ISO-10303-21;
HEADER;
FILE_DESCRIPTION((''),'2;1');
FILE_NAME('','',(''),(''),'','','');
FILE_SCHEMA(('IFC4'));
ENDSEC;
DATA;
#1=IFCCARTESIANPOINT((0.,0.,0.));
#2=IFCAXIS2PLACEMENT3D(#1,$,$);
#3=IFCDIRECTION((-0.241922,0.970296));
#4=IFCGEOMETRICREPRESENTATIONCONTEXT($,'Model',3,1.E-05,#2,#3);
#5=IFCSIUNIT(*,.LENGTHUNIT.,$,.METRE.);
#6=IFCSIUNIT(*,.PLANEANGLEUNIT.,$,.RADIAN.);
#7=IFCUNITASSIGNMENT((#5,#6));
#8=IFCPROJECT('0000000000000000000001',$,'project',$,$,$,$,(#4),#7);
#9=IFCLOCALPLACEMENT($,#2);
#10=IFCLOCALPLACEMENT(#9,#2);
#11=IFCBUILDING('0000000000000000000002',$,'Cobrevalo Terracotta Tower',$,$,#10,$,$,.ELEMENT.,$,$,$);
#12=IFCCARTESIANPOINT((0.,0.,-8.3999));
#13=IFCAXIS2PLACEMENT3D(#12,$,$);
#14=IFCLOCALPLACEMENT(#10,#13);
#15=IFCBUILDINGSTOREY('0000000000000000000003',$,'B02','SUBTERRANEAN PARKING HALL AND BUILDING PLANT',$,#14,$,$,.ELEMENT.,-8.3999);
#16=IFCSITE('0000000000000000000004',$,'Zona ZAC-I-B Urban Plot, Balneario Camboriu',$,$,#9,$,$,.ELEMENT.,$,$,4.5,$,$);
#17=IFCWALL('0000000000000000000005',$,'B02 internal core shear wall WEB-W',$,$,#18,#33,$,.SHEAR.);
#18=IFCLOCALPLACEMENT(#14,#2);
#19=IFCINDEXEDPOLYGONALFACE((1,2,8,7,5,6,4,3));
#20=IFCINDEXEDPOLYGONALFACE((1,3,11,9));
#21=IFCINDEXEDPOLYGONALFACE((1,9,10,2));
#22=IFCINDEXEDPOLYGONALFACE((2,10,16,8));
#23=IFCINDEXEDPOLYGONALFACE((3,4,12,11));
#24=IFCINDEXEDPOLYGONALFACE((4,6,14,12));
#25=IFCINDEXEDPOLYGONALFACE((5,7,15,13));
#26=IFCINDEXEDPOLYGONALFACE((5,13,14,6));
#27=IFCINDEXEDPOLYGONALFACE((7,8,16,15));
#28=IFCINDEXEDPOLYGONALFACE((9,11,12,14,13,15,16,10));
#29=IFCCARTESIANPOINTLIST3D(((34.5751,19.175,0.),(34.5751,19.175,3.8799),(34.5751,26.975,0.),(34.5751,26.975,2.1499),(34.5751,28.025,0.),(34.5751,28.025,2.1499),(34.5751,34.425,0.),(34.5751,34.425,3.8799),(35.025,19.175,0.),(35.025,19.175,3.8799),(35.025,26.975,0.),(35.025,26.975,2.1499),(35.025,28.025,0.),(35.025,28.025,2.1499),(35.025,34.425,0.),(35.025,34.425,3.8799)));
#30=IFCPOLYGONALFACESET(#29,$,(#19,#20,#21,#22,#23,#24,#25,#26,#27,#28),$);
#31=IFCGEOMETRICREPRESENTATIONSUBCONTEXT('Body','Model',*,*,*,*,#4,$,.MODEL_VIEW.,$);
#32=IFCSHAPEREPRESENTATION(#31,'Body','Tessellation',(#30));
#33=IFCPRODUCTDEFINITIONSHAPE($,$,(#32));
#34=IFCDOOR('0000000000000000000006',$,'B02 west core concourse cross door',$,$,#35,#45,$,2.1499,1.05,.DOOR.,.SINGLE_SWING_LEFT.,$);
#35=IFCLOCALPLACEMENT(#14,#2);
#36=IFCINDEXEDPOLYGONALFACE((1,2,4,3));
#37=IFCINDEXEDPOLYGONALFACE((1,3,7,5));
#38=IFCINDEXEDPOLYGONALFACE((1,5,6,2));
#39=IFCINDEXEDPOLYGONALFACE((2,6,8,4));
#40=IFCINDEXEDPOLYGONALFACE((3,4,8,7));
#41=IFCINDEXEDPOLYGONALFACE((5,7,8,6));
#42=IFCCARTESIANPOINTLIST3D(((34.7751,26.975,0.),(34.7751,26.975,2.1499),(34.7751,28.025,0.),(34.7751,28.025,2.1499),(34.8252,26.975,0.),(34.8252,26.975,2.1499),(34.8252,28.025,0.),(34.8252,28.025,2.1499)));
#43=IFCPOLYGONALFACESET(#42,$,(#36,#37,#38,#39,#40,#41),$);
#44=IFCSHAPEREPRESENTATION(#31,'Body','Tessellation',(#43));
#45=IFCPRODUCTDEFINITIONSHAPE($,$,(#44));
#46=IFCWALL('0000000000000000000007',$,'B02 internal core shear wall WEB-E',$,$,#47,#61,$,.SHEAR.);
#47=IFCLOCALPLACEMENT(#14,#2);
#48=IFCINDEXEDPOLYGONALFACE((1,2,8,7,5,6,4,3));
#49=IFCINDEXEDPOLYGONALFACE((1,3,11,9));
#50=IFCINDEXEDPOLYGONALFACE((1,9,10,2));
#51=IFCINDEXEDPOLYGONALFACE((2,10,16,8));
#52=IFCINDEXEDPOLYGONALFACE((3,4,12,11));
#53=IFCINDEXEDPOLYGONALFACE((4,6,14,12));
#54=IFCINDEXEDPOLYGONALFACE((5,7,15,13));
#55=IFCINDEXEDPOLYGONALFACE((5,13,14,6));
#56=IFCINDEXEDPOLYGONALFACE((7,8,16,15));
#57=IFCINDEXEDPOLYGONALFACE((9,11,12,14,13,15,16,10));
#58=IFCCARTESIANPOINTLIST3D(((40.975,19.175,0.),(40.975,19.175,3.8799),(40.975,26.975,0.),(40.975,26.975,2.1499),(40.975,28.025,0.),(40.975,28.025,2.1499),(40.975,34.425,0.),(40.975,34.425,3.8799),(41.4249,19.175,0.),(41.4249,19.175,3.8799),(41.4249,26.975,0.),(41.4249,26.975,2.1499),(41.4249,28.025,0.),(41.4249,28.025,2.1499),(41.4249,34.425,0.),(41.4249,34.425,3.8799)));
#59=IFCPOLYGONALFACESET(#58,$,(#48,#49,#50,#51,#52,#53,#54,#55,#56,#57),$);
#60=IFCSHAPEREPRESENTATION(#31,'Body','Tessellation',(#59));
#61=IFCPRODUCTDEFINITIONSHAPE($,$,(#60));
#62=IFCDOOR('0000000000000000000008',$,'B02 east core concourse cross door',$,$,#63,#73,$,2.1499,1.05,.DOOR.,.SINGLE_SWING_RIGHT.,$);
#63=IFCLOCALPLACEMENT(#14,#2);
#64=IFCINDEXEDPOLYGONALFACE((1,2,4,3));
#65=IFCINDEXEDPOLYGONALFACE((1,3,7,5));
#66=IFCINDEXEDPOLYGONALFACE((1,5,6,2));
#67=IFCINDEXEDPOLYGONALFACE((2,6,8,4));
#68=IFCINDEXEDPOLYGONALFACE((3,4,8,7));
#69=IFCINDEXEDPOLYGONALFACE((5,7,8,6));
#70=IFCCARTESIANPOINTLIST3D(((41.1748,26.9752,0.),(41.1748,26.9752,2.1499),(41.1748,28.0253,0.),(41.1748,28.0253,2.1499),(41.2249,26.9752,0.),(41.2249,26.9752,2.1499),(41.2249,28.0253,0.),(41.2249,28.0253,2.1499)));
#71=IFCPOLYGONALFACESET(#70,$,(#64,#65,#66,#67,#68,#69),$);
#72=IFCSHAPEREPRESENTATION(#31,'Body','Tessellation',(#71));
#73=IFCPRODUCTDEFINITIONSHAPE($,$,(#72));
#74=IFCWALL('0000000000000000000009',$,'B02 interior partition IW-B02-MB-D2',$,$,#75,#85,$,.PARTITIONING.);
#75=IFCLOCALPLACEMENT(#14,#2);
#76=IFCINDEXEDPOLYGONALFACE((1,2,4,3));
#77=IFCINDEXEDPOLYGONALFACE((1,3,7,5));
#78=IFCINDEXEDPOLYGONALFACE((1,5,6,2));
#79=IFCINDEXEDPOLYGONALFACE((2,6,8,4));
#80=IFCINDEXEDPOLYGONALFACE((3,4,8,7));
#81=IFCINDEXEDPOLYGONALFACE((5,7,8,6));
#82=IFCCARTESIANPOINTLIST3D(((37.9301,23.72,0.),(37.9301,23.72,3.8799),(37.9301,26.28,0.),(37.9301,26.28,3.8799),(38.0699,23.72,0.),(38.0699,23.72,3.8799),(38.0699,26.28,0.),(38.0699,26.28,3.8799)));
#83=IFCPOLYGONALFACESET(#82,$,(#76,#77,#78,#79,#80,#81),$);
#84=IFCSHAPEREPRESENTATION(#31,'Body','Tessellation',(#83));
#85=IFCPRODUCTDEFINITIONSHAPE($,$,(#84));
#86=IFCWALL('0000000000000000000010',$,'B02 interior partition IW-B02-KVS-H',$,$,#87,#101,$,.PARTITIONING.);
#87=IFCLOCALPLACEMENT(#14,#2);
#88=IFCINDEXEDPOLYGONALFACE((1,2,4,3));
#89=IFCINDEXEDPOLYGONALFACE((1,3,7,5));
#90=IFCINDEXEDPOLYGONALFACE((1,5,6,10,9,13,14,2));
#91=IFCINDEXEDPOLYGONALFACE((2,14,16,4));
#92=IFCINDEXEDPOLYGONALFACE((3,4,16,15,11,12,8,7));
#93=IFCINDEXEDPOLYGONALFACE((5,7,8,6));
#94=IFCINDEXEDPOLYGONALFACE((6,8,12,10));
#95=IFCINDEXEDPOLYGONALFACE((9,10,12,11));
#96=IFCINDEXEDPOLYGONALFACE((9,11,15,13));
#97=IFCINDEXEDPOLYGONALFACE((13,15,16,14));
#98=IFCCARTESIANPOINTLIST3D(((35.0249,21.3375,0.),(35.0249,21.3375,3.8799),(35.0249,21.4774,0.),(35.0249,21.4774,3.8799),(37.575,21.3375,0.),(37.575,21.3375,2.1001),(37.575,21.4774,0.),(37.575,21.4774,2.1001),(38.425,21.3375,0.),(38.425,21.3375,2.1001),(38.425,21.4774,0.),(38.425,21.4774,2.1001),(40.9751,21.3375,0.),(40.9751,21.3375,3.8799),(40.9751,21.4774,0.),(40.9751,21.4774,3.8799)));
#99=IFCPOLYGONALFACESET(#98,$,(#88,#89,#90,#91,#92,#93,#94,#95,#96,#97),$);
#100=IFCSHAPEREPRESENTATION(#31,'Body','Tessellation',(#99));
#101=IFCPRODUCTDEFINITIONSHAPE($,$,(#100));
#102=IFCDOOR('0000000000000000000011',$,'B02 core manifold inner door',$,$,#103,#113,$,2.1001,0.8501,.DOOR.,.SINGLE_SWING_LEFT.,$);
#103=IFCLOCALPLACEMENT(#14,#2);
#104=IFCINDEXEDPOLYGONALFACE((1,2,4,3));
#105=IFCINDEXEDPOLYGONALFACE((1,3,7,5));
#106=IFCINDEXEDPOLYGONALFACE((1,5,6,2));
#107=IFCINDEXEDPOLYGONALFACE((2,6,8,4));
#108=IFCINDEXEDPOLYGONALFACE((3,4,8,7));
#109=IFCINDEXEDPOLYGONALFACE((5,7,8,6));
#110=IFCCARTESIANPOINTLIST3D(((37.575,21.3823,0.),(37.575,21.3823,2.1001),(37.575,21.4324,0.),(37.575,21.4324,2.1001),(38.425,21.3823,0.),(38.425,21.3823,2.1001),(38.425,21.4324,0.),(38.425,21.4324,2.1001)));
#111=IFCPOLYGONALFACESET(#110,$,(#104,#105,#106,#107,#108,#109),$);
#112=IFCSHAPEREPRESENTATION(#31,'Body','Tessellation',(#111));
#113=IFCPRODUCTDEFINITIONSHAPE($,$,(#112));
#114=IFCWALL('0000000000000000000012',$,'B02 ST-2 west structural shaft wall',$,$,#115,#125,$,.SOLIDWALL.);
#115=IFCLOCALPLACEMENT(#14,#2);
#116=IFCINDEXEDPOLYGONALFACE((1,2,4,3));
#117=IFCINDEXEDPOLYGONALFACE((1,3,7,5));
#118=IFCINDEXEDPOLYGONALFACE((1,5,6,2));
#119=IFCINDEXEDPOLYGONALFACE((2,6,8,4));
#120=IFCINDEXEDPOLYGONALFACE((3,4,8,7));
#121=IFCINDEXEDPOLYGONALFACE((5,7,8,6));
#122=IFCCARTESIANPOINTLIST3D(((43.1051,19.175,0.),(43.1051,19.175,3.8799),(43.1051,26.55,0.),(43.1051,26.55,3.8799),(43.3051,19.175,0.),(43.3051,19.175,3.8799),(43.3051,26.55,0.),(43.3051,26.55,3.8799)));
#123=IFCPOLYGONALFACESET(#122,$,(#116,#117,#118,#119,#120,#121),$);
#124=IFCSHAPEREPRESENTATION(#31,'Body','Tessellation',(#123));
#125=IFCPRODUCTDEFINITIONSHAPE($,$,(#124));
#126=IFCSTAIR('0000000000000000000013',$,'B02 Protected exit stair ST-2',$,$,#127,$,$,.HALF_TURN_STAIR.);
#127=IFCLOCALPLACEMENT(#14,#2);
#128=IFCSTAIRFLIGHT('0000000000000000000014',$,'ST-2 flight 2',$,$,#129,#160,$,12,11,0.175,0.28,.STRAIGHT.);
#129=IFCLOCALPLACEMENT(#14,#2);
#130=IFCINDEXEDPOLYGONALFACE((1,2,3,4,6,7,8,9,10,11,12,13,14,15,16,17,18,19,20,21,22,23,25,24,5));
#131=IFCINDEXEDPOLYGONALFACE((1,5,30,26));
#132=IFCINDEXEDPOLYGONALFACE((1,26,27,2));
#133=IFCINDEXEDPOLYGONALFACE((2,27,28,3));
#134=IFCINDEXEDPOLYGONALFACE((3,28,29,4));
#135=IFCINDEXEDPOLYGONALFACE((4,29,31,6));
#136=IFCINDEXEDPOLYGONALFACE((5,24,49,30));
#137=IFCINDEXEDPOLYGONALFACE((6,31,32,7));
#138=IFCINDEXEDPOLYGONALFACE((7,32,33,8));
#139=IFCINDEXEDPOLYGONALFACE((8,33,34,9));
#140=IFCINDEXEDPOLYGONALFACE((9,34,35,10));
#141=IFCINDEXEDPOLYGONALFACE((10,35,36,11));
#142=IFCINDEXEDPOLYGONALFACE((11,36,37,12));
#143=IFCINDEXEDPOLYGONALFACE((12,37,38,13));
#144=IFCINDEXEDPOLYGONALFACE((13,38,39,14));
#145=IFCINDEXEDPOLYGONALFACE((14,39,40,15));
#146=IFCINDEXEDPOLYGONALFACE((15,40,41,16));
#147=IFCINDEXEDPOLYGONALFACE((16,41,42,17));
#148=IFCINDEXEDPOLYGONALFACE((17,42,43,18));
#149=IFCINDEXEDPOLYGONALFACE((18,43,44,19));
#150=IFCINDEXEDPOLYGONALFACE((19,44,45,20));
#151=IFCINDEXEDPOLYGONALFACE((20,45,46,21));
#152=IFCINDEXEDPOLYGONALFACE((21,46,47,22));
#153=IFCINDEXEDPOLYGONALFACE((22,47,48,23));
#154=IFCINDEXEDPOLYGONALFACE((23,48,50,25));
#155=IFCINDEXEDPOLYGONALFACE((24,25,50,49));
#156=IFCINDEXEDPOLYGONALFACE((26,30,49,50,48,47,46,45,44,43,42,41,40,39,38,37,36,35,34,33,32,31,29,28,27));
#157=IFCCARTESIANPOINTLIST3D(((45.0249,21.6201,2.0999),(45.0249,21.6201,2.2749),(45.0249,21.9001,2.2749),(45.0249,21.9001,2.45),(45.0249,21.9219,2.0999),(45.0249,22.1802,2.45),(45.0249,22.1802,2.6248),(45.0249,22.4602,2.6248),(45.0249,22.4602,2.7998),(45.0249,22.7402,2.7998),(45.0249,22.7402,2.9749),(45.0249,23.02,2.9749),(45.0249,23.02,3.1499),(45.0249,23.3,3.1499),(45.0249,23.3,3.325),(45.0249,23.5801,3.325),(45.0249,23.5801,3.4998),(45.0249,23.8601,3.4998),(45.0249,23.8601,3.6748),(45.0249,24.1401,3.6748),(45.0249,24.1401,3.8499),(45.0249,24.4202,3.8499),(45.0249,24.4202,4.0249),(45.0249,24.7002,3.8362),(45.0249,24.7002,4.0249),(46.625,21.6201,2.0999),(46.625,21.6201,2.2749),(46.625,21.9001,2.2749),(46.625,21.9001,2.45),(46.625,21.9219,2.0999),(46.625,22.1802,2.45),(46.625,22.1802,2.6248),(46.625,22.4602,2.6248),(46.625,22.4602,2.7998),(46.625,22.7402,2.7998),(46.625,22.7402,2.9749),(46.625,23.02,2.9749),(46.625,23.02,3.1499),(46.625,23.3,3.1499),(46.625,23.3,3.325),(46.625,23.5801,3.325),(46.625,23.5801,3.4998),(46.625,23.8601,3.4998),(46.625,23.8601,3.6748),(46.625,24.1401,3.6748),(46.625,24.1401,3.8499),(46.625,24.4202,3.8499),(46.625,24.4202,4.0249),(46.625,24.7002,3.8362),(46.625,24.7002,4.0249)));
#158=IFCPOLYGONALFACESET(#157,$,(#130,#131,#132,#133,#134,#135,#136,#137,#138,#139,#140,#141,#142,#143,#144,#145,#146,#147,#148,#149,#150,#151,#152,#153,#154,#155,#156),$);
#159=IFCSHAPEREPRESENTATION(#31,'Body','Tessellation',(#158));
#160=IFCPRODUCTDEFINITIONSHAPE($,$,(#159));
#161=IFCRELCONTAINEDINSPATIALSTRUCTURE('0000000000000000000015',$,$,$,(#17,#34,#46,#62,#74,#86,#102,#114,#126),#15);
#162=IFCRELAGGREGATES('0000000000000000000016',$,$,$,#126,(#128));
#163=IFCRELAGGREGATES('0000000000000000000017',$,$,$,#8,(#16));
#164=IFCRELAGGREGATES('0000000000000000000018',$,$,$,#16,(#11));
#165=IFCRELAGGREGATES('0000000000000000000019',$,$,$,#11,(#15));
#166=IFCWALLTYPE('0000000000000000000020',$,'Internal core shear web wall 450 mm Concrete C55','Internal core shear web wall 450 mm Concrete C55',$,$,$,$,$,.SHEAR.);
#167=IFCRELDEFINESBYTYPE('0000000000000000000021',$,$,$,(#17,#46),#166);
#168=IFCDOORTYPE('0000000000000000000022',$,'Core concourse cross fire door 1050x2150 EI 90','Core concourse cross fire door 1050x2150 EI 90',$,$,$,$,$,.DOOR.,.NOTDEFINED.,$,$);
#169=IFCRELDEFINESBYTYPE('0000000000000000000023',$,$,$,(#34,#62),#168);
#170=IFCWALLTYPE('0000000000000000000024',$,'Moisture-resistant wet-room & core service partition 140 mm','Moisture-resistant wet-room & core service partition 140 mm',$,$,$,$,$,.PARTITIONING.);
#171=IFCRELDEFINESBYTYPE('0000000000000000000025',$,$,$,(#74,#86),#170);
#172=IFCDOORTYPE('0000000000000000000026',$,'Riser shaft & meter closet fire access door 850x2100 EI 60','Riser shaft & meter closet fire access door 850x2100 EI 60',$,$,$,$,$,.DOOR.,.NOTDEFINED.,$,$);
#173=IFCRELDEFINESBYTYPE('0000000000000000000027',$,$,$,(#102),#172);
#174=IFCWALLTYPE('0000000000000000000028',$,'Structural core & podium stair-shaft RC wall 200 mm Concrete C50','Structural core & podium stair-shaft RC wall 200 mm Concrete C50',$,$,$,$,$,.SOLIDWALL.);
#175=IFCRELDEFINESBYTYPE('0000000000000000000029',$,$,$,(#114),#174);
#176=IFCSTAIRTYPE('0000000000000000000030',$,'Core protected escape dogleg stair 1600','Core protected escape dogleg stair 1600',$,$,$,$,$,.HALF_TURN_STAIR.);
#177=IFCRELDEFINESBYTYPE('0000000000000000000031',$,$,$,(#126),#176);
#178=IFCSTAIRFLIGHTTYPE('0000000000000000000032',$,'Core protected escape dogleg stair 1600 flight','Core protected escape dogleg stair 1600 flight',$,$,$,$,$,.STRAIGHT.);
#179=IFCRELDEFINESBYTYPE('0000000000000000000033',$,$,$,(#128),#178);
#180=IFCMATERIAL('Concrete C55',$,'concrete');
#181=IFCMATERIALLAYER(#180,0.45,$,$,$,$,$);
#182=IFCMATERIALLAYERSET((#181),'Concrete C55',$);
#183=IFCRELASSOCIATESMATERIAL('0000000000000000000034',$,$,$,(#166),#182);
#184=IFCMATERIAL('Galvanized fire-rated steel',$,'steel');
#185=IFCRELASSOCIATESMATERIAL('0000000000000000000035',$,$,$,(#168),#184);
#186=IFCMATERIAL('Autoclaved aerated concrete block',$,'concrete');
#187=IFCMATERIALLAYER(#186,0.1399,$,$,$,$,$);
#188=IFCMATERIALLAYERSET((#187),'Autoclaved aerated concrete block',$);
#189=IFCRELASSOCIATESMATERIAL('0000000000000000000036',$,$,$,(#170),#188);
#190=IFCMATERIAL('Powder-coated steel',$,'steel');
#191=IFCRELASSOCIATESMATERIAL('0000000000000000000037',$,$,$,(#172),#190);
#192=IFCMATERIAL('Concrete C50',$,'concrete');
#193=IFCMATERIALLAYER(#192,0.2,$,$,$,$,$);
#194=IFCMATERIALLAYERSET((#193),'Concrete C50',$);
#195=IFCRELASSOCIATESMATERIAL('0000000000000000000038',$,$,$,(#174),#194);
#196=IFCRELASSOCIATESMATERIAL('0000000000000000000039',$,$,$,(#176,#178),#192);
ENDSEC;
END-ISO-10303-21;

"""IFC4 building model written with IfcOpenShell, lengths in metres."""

from ifc_helpers import new_model, si_unit, direction, frame, frame_2d, origin, place, context, subcontext, project, spatial, polyline, rectangle, outline, extrude, source, transform, mapped, material, layer, layer_set, type_object, element, fill, aggregate, save


model = new_model("IFC4")

# Units and contexts
model_context = context("Model", 3, precision=1e-05, world=origin(), true_north=direction((-0.241922, 0.970296)))
body_context = subcontext(model_context, "Body", "Model", "MODEL_VIEW")
ifc_project = project(units=[si_unit("LENGTHUNIT", "METRE"), si_unit("PLANEANGLEUNIT", "RADIAN")], contexts=[model_context])

# Site, building, storey
site_placement = place(None, origin())
site = spatial("IfcSite", under=ifc_project, at=site_placement, Name="Zona ZAC-I-B Urban Plot, Balneario Camboriu", CompositionType="ELEMENT", RefElevation=4.5)
building_placement = place(site_placement, origin())
building = spatial("IfcBuilding", under=site, at=building_placement, Name="Cobrevalo Terracotta Tower", CompositionType="ELEMENT")
storey_placement = place(building_placement, frame((0.0, 0.0, -8.3999)))
storey = spatial("IfcBuildingStorey", under=building, at=storey_placement, Name="B02", Description="SUBTERRANEAN PARKING HALL AND BUILDING PLANT", CompositionType="ELEMENT", Elevation=-8.3999)

# Shared definitions
ifc_material_1 = material(Name="Concrete C50", Category="concrete")

# Shared definitions
ifc_material_2 = material(Name="Galvanized fire-rated steel", Category="steel")

# Shared definitions
ifc_material_3 = material(Name="Autoclaved aerated concrete block", Category="concrete")

# Walls, openings, doors
ifc_material_4 = material(Name="Concrete C55", Category="concrete")
ifc_layer_1 = layer(ifc_material_4, 0.45)
ifc_layer_set_1 = layer_set([ifc_layer_1], Name="Concrete C55")
wall_type_1 = type_object("IfcWallType", Name="Internal core shear web wall 450 mm Concrete C55", Description="Internal core shear web wall 450 mm Concrete C55", PredefinedType="SHEAR", material=ifc_layer_set_1)
wall_1_placement = place(storey_placement, frame((34.8, 19.175, 0.0), z_axis=(0.0, 0.0, 1.0), x_axis=(0.0, 1.0, 0.0)))
wall_1 = element("IfcWall", 1, at=wall_1_placement, inside=storey, type_object=wall_type_1, Name="B02 internal core shear wall WEB-W", PredefinedType="SHEAR", context=body_context, shape_type="SweptSolid", body=[
    extrude(rectangle(XDim=15.25, YDim=0.45, at=frame_2d((7.625, 0.0))), origin(), (0.0, 0.0, 1.0), 3.8799),
])
opening_1_placement = place(wall_1_placement, frame((7.8, 0.0, 0.0)))
opening_1 = element("IfcOpeningElement", 2, at=opening_1_placement, cuts=wall_1, PredefinedType="OPENING", context=body_context, shape_type="SweptSolid", body=[
    extrude(rectangle(XDim=1.05, YDim=2.1499, at=frame_2d((0.5249, 1.075))), frame((0.0, 0.2349, 0.0), z_axis=(0.0, -1.0, 0.0), x_axis=(1.0, 0.0, 0.0)), (0.0, 0.0, 1.0), 0.47),
])
door_type_1 = type_object("IfcDoorType", Name="Core concourse cross fire door 1050x2150 EI 90", Description="Core concourse cross fire door 1050x2150 EI 90", OperationType="NOTDEFINED", PredefinedType="DOOR", material=ifc_material_2)
shared_shape_1 = source(origin(), body_context, "Body", "SweptSolid", [
    extrude(rectangle(XDim=1.05, YDim=2.1499, at=frame_2d((0.5249, 1.075))), frame((0.0, 0.0249, 0.0), z_axis=(0.0, -1.0, 0.0), x_axis=(1.0, 0.0, 0.0)), (0.0, 0.0, 1.0), 0.05),
])
door_1_placement = place(opening_1_placement, origin())
door_1 = element("IfcDoor", 3, at=door_1_placement, inside=storey, type_object=door_type_1, Name="B02 west core concourse cross door", OperationType="SINGLE_SWING_LEFT", OverallHeight=2.1499, OverallWidth=1.05, PredefinedType="DOOR", context=body_context, shape_type="MappedRepresentation", body=[
    mapped(shared_shape_1, transform((0.0, 0.0, 0.0), scale=1.0)),
])
fill(opening_1, door_1)
wall_2_placement = place(storey_placement, frame((41.2, 19.175, 0.0), z_axis=(0.0, 0.0, 1.0), x_axis=(0.0, 1.0, 0.0)))
wall_2 = element("IfcWall", 4, at=wall_2_placement, inside=storey, type_object=wall_type_1, Name="B02 internal core shear wall WEB-E", PredefinedType="SHEAR", context=body_context, shape_type="SweptSolid", body=[
    extrude(rectangle(XDim=15.25, YDim=0.45, at=frame_2d((7.625, 0.0))), origin(), (0.0, 0.0, 1.0), 3.8799),
])
opening_2_placement = place(wall_2_placement, frame((7.8, 0.0, 0.0)))
opening_2 = element("IfcOpeningElement", 5, at=opening_2_placement, cuts=wall_2, PredefinedType="OPENING", context=body_context, shape_type="SweptSolid", body=[
    extrude(rectangle(XDim=1.05, YDim=2.1499, at=frame_2d((0.5249, 1.075))), frame((0.0, 0.2349, 0.0), z_axis=(0.0, -1.0, 0.0), x_axis=(1.0, 0.0, 0.0)), (0.0, 0.0, 1.0), 0.47),
])
door_2_placement = place(opening_2_placement, frame((1.05, 0.0, 0.0), z_axis=(0.0, 0.0, 1.0), x_axis=(-1.0, 0.0, 0.0)))
door_2 = element("IfcDoor", 6, at=door_2_placement, inside=storey, type_object=door_type_1, Name="B02 east core concourse cross door", OperationType="SINGLE_SWING_RIGHT", OverallHeight=2.1499, OverallWidth=1.05, PredefinedType="DOOR", context=body_context, shape_type="MappedRepresentation", body=[
    mapped(shared_shape_1, transform((0.0, 0.0, 0.0), scale=1.0)),
])
fill(opening_2, door_2)

# Wall
ifc_layer_2 = layer(ifc_material_3, 0.1399)
ifc_layer_set_2 = layer_set([ifc_layer_2], Name="Autoclaved aerated concrete block")
wall_type_2 = type_object("IfcWallType", Name="Moisture-resistant wet-room & core service partition 140 mm", Description="Moisture-resistant wet-room & core service partition 140 mm", PredefinedType="PARTITIONING", material=ifc_layer_set_2)
wall_3_placement = place(storey_placement, frame((38.0, 23.72, 0.0), z_axis=(0.0, 0.0, 1.0), x_axis=(0.0, 1.0, 0.0)))
element("IfcWall", 7, at=wall_3_placement, inside=storey, type_object=wall_type_2, Name="B02 interior partition IW-B02-MB-D2", PredefinedType="PARTITIONING", context=body_context, shape_type="SweptSolid", body=[
    extrude(rectangle(XDim=2.5601, YDim=0.1399, at=frame_2d((1.28, 0.0))), origin(), (0.0, 0.0, 1.0), 3.8799),
])

# Wall, opening, door
wall_4_placement = place(storey_placement, frame((35.0249, 21.4075, 0.0), z_axis=(0.0, 0.0, 1.0), x_axis=(1.0, 0.0, 0.0)))
wall_4 = element("IfcWall", 8, at=wall_4_placement, inside=storey, type_object=wall_type_2, Name="B02 interior partition IW-B02-KVS-H", PredefinedType="PARTITIONING", context=body_context, shape_type="SweptSolid", body=[
    extrude(rectangle(XDim=5.9502, YDim=0.1399, at=frame_2d((2.9751, 0.0))), origin(), (0.0, 0.0, 1.0), 3.8799),
])
opening_3_placement = place(wall_4_placement, frame((2.55, 0.0, 0.0)))
opening_3 = element("IfcOpeningElement", 9, at=opening_3_placement, cuts=wall_4, PredefinedType="OPENING", context=body_context, shape_type="SweptSolid", body=[
    extrude(rectangle(XDim=0.8501, YDim=2.1001, at=frame_2d((0.425, 1.05))), frame((0.0, 0.0801, 0.0), z_axis=(0.0, -1.0, 0.0), x_axis=(1.0, 0.0, 0.0)), (0.0, 0.0, 1.0), 0.1599),
])
ifc_material_5 = material(Name="Powder-coated steel", Category="steel")
door_type_2 = type_object("IfcDoorType", Name="Riser shaft & meter closet fire access door 850x2100 EI 60", Description="Riser shaft & meter closet fire access door 850x2100 EI 60", OperationType="NOTDEFINED", PredefinedType="DOOR", material=ifc_material_5)
shared_shape_2 = source(origin(), body_context, "Body", "SweptSolid", [
    extrude(rectangle(XDim=0.8501, YDim=2.1001, at=frame_2d((0.425, 1.05))), frame((0.0, 0.0249, 0.0), z_axis=(0.0, -1.0, 0.0), x_axis=(1.0, 0.0, 0.0)), (0.0, 0.0, 1.0), 0.05),
])
door_3_placement = place(opening_3_placement, origin())
door_3 = element("IfcDoor", 10, at=door_3_placement, inside=storey, type_object=door_type_2, Name="B02 core manifold inner door", OperationType="SINGLE_SWING_LEFT", OverallHeight=2.1001, OverallWidth=0.8501, PredefinedType="DOOR", context=body_context, shape_type="MappedRepresentation", body=[
    mapped(shared_shape_2, transform((0.0, 0.0, 0.0), scale=1.0)),
])
fill(opening_3, door_3)

# Wall
ifc_layer_3 = layer(ifc_material_1, 0.2)
ifc_layer_set_3 = layer_set([ifc_layer_3], Name="Concrete C50")
wall_type_3 = type_object("IfcWallType", Name="Structural core & podium stair-shaft RC wall 200 mm Concrete C50", Description="Structural core & podium stair-shaft RC wall 200 mm Concrete C50", PredefinedType="SOLIDWALL", material=ifc_layer_set_3)
wall_5_placement = place(storey_placement, frame((43.2051, 19.175, 0.0), z_axis=(0.0, 0.0, 1.0), x_axis=(0.0, 1.0, 0.0)))
element("IfcWall", 11, at=wall_5_placement, inside=storey, type_object=wall_type_3, Name="B02 ST-2 west structural shaft wall", PredefinedType="SOLIDWALL", context=body_context, shape_type="SweptSolid", body=[
    extrude(rectangle(XDim=7.375, YDim=0.2, at=frame_2d((3.6875, 0.0))), origin(), (0.0, 0.0, 1.0), 3.8799),
])

# Stair, stair flight
stair_type = type_object("IfcStairType", Name="Core protected escape dogleg stair 1600", Description="Core protected escape dogleg stair 1600", PredefinedType="HALF_TURN_STAIR", material=ifc_material_1)
stair_placement = place(storey_placement, origin())
stair = element("IfcStair", 12, at=stair_placement, inside=storey, type_object=stair_type, Name="B02 Protected exit stair ST-2", PredefinedType="HALF_TURN_STAIR")
stair_flight_type = type_object("IfcStairFlightType", Name="Core protected escape dogleg stair 1600 flight", Description="Core protected escape dogleg stair 1600 flight", PredefinedType="STRAIGHT", material=ifc_material_1)
stair_flight_placement = place(storey_placement, frame((45.825, 21.6201, 2.0999), z_axis=(0.0, 0.0, 1.0), x_axis=(0.0, 1.0, 0.0)))
stair_flight = element("IfcStairFlight", 13, at=stair_flight_placement, type_object=stair_flight_type, Name="ST-2 flight 2", NumberOfRisers=12, NumberOfTreads=11, PredefinedType="STRAIGHT", RiserHeight=0.175, TreadLength=0.28, context=body_context, shape_type="SweptSolid", body=[
    extrude(outline(polyline([(0.0, 0.0), (0.0, 0.175), (0.28, 0.175), (0.28, 0.3501), (0.5601, 0.3501), (0.5601, 0.5249), (0.8401, 0.5249), (0.8401, 0.7), (1.1201, 0.7), (1.1201, 0.875), (1.3999, 0.875), (1.3999, 1.05), (1.6799, 1.05), (1.6799, 1.2251), (1.96, 1.2251), (1.96, 1.3999), (2.24, 1.3999), (2.24, 1.575), (2.52, 1.575), (2.52, 1.75), (2.8, 1.75), (2.8, 1.925), (3.0801, 1.925), (3.0801, 2.1001), (3.0801, 1.7363), (0.3018, 0.0), (0.0, 0.0)])), frame((0.0, 0.8, 0.0), z_axis=(0.0, -1.0, 0.0), x_axis=(1.0, 0.0, 0.0)), (0.0, 0.0, 1.0), 1.6001),
])
aggregate(stair, [stair_flight])

save(model, "model.ifc")
